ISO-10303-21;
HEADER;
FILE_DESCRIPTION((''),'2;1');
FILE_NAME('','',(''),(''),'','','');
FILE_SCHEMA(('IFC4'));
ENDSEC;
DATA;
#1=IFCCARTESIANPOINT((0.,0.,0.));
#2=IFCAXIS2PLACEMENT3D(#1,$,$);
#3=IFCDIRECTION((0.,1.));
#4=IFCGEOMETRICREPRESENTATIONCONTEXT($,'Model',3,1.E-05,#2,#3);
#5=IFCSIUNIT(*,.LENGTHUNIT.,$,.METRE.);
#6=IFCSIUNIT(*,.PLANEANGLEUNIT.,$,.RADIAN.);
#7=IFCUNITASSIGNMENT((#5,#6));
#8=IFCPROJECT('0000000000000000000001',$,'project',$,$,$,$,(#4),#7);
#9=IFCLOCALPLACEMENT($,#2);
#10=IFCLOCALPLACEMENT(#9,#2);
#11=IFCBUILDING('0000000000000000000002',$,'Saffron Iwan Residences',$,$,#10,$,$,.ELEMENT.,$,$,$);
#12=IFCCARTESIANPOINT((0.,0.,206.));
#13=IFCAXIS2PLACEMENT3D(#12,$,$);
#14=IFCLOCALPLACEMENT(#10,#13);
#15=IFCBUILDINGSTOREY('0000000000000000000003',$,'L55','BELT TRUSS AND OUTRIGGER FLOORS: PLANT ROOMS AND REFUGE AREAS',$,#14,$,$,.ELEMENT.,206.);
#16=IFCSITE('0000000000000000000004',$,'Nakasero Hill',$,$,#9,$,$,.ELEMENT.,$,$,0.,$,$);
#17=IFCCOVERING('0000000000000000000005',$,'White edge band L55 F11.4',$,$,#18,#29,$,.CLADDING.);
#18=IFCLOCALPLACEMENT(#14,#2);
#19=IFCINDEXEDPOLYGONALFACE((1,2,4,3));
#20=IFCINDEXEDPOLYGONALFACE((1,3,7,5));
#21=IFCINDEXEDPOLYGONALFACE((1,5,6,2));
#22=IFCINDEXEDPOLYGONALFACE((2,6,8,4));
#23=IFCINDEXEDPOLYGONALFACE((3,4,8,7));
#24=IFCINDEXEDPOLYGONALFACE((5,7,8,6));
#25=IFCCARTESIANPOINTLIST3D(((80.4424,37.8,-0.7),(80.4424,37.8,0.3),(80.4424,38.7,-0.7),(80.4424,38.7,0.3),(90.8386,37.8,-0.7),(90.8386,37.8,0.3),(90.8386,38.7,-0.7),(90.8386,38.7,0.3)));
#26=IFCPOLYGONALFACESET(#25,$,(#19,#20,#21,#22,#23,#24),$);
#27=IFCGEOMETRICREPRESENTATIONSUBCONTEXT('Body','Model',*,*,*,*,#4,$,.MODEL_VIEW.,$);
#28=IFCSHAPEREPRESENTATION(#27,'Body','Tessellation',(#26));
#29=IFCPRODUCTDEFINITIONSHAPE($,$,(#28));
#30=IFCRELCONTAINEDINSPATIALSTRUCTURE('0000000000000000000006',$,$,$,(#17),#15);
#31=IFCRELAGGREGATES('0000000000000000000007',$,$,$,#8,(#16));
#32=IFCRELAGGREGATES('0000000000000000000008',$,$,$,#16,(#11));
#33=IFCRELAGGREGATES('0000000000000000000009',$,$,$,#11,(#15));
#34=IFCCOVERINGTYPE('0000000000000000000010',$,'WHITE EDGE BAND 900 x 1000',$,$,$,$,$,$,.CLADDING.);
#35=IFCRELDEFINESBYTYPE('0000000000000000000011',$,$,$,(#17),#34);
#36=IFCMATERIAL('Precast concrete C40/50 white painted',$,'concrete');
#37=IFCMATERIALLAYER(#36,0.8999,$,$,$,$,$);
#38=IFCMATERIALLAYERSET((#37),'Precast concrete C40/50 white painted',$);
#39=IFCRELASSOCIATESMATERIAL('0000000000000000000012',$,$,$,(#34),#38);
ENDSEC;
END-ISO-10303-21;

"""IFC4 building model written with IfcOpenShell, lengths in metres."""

from ifc_helpers import new_model, si_unit, direction, frame, origin, place, context, subcontext, project, spatial, polyline, outline, extrude, material, layer, layer_set, type_object, element, save


model = new_model("IFC4")

# Units and contexts
model_context = context("Model", 3, precision=1e-05, world=origin(), true_north=direction((0.0, 1.0)))
body_context = subcontext(model_context, "Body", "Model", "MODEL_VIEW")
ifc_project = project(units=[si_unit("LENGTHUNIT", "METRE"), si_unit("PLANEANGLEUNIT", "RADIAN")], contexts=[model_context])

# Site, building, storey
site_placement = place(None, origin())
site = spatial("IfcSite", under=ifc_project, at=site_placement, Name="Nakasero Hill", CompositionType="ELEMENT", RefElevation=0.0)
building_placement = place(site_placement, origin())
building = spatial("IfcBuilding", under=site, at=building_placement, Name="Saffron Iwan Residences", CompositionType="ELEMENT")
storey_placement = place(building_placement, frame((0.0, 0.0, 206.0)))
storey = spatial("IfcBuildingStorey", under=building, at=storey_placement, Name="L55", Description="BELT TRUSS AND OUTRIGGER FLOORS: PLANT ROOMS AND REFUGE AREAS", CompositionType="ELEMENT", Elevation=206.0)

# Covering
ifc_material_1 = material(Name="Precast concrete C40/50 white painted", Category="concrete")
ifc_layer_1 = layer(ifc_material_1, 0.8999)
ifc_layer_set_1 = layer_set([ifc_layer_1], Name="Precast concrete C40/50 white painted")
covering_type_1 = type_object("IfcCoveringType", Name="WHITE EDGE BAND 900 x 1000", PredefinedType="CLADDING", material=ifc_layer_set_1)
covering_1_placement = place(storey_placement, frame((0.0, 0.0, -0.7)))
element("IfcCovering", 1, at=covering_1_placement, inside=storey, type_object=covering_type_1, Name="White edge band L55 F11.4", PredefinedType="CLADDING", context=body_context, shape_type="SweptSolid", body=[
    extrude(outline(polyline([(80.4424, 37.8), (90.8386, 37.8), (90.8386, 38.7), (80.4424, 38.7), (80.4424, 37.8)])), origin(), (0.0, 0.0, 1.0), 1.0),
])

save(model, "model.ifc")
